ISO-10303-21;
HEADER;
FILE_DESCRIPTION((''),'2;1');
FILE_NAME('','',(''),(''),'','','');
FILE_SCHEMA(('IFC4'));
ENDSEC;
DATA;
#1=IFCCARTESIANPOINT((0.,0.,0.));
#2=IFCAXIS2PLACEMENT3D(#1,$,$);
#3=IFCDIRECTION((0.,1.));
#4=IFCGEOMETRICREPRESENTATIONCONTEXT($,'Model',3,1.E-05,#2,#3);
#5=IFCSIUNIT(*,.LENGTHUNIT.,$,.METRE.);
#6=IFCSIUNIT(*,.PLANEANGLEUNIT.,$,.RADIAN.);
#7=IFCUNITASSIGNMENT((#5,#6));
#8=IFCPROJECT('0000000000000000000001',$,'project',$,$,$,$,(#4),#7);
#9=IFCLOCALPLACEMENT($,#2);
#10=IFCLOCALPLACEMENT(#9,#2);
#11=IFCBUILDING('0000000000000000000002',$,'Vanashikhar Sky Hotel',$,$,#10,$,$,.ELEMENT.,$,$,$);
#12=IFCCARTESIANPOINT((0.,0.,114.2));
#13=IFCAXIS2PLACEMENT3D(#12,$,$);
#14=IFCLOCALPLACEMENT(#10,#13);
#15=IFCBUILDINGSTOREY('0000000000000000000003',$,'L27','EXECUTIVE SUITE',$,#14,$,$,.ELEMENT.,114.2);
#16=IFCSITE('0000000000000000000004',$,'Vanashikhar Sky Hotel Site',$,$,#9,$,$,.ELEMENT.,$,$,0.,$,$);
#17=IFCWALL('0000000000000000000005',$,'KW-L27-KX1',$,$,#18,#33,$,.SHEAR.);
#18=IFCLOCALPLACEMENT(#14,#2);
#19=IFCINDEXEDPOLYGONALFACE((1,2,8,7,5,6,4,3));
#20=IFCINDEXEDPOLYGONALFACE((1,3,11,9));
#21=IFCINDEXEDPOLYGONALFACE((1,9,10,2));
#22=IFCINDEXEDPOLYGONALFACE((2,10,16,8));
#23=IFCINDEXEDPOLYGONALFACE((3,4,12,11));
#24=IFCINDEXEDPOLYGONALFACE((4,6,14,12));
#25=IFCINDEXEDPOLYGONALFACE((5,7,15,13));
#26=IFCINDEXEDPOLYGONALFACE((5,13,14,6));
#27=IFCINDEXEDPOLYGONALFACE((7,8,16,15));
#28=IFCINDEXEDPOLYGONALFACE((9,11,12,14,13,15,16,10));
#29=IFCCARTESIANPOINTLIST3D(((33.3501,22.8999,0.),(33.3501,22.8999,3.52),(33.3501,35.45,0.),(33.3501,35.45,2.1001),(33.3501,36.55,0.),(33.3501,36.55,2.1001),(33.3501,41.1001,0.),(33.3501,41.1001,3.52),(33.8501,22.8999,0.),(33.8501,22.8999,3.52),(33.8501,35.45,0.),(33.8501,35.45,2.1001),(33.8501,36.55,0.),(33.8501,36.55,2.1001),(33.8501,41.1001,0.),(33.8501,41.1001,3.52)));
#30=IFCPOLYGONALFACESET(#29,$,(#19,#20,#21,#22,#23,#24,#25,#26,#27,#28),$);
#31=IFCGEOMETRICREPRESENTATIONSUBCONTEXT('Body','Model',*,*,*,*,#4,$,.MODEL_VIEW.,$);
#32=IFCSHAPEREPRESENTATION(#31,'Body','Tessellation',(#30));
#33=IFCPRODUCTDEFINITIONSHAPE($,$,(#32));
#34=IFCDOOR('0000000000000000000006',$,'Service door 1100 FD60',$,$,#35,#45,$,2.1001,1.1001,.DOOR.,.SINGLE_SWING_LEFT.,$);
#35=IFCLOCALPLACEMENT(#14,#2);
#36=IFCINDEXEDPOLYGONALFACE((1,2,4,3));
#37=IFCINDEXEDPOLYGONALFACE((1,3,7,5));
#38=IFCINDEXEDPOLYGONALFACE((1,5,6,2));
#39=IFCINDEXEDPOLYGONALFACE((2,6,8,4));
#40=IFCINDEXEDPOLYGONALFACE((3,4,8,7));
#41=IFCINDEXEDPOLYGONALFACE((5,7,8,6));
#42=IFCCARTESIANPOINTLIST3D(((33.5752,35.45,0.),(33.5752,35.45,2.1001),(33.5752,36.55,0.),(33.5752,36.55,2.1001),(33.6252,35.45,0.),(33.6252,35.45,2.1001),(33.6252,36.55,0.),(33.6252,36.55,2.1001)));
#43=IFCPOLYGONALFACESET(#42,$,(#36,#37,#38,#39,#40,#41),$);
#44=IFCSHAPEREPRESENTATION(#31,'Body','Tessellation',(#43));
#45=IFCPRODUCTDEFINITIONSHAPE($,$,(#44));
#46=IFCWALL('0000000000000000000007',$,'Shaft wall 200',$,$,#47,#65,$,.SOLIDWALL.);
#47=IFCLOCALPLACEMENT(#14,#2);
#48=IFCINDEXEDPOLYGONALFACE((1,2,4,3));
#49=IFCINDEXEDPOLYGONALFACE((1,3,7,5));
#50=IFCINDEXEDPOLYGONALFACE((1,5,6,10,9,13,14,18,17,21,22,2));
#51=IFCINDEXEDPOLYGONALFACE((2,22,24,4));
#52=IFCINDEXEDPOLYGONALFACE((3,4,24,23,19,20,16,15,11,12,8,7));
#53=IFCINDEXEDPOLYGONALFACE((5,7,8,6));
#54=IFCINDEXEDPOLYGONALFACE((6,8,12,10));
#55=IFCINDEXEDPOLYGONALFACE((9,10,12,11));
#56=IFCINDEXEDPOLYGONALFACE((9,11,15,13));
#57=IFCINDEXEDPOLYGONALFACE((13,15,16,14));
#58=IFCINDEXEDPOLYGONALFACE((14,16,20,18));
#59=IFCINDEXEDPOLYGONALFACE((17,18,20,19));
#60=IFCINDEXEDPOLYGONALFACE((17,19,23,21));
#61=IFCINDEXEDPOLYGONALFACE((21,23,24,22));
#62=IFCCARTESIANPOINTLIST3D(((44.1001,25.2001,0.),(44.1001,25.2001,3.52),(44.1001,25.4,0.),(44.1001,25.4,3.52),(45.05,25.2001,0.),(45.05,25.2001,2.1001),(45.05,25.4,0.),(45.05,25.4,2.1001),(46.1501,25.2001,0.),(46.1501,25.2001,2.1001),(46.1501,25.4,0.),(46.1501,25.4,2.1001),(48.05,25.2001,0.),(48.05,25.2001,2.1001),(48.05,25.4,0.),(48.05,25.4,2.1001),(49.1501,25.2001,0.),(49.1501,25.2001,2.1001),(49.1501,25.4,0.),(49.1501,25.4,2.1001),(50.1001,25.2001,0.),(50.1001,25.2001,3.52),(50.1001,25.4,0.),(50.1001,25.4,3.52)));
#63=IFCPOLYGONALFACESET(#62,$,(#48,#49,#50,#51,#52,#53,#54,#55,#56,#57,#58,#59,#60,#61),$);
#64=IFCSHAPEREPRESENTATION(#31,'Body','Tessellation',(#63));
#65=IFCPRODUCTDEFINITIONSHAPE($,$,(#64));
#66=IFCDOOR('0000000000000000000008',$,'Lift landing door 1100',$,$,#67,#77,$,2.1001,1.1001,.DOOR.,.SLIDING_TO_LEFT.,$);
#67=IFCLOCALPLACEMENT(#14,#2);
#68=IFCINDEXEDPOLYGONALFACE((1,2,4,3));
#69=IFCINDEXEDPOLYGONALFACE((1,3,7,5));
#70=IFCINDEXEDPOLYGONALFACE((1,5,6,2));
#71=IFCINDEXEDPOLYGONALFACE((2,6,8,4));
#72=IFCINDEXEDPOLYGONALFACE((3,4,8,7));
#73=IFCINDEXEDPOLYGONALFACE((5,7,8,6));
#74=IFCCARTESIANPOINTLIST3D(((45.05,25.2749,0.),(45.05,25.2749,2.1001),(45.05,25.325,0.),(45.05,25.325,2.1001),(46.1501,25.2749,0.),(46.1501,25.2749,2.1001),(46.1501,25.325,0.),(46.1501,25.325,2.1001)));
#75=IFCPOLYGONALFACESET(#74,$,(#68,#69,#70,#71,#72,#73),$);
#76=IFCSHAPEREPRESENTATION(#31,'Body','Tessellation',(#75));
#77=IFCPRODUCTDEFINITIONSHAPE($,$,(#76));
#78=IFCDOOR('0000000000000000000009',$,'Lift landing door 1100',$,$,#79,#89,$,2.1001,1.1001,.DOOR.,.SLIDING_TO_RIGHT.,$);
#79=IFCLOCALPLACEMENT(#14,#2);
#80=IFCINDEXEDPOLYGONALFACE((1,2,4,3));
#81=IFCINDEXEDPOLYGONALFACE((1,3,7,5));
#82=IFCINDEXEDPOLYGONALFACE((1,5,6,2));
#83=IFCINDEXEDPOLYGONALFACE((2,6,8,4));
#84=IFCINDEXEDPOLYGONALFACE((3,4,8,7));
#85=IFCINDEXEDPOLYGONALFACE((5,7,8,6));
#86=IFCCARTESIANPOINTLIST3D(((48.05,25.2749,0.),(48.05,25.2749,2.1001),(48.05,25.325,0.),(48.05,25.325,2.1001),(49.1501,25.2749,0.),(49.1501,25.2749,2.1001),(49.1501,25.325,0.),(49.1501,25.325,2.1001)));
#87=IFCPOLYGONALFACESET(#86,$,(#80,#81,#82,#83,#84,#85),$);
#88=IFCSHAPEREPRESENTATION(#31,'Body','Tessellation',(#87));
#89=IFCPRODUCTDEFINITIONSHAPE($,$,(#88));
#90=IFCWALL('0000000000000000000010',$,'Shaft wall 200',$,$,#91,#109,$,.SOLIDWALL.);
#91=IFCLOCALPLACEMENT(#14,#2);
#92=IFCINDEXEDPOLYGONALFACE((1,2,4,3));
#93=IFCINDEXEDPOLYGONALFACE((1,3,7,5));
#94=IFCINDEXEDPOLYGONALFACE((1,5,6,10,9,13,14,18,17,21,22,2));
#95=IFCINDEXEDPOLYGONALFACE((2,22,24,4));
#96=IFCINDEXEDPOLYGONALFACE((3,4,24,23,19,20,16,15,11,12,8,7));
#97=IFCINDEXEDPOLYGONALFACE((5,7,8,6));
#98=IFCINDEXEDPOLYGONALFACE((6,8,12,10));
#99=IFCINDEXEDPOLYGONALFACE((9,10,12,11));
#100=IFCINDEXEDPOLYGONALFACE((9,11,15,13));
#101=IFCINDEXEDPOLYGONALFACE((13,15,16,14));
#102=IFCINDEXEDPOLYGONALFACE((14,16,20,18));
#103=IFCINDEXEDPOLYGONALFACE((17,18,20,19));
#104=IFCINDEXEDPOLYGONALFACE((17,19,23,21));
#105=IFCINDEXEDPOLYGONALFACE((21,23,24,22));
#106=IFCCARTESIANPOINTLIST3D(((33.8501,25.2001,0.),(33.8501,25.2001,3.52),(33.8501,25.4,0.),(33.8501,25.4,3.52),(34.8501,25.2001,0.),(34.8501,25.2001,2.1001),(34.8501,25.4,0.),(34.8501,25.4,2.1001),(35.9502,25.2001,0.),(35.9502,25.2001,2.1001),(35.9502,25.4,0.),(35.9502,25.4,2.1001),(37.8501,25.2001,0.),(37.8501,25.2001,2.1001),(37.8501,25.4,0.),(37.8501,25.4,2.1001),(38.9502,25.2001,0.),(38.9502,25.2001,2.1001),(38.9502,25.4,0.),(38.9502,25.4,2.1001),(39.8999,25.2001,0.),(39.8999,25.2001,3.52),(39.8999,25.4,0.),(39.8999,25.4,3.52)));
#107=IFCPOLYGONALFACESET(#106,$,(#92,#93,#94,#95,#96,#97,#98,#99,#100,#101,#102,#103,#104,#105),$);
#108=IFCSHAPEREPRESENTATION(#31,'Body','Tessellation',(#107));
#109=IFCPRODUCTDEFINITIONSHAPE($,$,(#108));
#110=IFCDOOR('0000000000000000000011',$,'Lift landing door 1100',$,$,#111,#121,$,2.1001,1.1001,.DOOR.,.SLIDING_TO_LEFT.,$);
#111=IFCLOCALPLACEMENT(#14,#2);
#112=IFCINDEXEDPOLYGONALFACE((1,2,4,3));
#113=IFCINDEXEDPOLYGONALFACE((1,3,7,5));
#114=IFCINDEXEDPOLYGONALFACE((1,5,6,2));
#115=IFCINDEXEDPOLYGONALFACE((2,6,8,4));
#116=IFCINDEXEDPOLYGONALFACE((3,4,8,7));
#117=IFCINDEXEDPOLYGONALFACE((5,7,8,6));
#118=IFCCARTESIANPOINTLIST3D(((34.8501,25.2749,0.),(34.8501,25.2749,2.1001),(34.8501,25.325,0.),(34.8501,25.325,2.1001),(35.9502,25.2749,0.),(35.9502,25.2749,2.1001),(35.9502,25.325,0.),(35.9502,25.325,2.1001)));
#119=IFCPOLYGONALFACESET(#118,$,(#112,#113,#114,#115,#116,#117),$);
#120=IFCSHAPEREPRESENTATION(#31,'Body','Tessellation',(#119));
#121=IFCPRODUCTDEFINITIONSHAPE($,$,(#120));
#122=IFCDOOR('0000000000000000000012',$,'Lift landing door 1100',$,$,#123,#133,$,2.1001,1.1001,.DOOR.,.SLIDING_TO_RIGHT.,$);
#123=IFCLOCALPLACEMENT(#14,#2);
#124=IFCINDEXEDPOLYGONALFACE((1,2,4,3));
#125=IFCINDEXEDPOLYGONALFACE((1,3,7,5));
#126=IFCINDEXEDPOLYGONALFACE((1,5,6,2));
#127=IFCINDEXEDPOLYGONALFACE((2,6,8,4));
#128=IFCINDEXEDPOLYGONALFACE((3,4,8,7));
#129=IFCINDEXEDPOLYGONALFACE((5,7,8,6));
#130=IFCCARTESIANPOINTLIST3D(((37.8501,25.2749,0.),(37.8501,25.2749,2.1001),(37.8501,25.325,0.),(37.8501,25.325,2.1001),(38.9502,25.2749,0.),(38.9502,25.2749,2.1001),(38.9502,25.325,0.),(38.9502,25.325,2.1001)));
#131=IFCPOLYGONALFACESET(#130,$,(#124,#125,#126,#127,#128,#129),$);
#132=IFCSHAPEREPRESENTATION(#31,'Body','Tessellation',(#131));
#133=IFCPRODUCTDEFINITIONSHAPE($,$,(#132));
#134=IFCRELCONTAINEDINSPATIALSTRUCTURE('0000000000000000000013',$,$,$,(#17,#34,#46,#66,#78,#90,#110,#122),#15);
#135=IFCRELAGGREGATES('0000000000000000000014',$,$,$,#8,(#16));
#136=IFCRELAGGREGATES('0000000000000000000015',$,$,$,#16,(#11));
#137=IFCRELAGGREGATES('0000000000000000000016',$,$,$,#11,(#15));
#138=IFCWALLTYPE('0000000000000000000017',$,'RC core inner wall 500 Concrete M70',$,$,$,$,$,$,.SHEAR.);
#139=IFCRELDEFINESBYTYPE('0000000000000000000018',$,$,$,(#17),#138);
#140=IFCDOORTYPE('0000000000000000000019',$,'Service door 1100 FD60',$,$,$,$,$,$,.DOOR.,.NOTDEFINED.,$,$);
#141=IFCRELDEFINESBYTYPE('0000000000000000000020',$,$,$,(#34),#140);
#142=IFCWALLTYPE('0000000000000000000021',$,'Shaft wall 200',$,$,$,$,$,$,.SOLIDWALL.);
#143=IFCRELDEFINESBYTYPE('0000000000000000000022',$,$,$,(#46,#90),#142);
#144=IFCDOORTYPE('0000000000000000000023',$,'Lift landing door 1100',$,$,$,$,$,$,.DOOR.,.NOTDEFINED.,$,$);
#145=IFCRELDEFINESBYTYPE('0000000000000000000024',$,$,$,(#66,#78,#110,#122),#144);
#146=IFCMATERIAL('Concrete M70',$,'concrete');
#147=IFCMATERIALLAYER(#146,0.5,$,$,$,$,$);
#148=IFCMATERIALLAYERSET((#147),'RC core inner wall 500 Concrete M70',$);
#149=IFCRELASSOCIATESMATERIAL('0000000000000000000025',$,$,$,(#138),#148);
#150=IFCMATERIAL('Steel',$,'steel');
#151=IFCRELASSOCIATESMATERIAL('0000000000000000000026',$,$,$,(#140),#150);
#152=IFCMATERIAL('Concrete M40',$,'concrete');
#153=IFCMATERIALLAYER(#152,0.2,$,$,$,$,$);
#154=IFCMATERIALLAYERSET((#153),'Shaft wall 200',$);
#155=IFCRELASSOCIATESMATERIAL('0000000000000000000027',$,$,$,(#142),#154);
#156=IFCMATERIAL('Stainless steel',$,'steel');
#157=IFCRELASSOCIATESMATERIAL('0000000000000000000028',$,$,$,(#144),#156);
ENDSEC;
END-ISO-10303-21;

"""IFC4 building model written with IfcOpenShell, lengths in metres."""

from ifc_helpers import new_model, si_unit, direction, frame, frame_2d, origin, place, context, subcontext, project, spatial, rectangle, extrude, source, transform, mapped, material, layer, layer_set, type_object, element, fill, save


model = new_model("IFC4")

# Units and contexts
model_context = context("Model", 3, precision=1e-05, world=origin(), true_north=direction((0.0, 1.0)))
body_context = subcontext(model_context, "Body", "Model", "MODEL_VIEW")
ifc_project = project(units=[si_unit("LENGTHUNIT", "METRE"), si_unit("PLANEANGLEUNIT", "RADIAN")], contexts=[model_context])

# Site, building, storey
site_placement = place(None, origin())
site = spatial("IfcSite", under=ifc_project, at=site_placement, Name="Vanashikhar Sky Hotel Site", CompositionType="ELEMENT", RefElevation=0.0)
building_placement = place(site_placement, origin())
building = spatial("IfcBuilding", under=site, at=building_placement, Name="Vanashikhar Sky Hotel", CompositionType="ELEMENT")
storey_placement = place(building_placement, frame((0.0, 0.0, 114.2)))
storey = spatial("IfcBuildingStorey", under=building, at=storey_placement, Name="L27", Description="EXECUTIVE SUITE", CompositionType="ELEMENT", Elevation=114.2)

# Wall, opening, door
ifc_material_1 = material(Name="Concrete M70", Category="concrete")
ifc_layer_1 = layer(ifc_material_1, 0.5)
ifc_layer_set_1 = layer_set([ifc_layer_1], Name="RC core inner wall 500 Concrete M70")
wall_type_1 = type_object("IfcWallType", Name="RC core inner wall 500 Concrete M70", PredefinedType="SHEAR", material=ifc_layer_set_1)
shared_shape_1 = source(origin(), body_context, "Body", "SweptSolid", [
    extrude(rectangle(XDim=18.2002, YDim=0.5, at=frame_2d((9.1001, 0.0))), origin(), (0.0, 0.0, 1.0), 3.52),
])
wall_1_placement = place(storey_placement, frame((33.6001, 22.8999, 0.0), z_axis=(0.0, 0.0, 1.0), x_axis=(0.0, 1.0, 0.0)))
wall_1 = element("IfcWall", 1, at=wall_1_placement, inside=storey, type_object=wall_type_1, Name="KW-L27-KX1", PredefinedType="SHEAR", context=body_context, shape_type="MappedRepresentation", body=[
    mapped(shared_shape_1, transform((0.0, 0.0, 0.0), scale=1.0)),
])
shared_shape_2 = source(origin(), body_context, "Body", "SweptSolid", [
    extrude(rectangle(XDim=1.1001, YDim=2.1001, at=frame_2d((0.55, 1.05))), frame((0.0, 0.26, 0.0), z_axis=(0.0, -1.0, 0.0), x_axis=(1.0, 0.0, 0.0)), (0.0, 0.0, 1.0), 0.52),
])
opening_1_placement = place(wall_1_placement, frame((12.55, 0.0, 0.0)))
opening_1 = element("IfcOpeningElement", 2, at=opening_1_placement, cuts=wall_1, PredefinedType="OPENING", context=body_context, shape_type="MappedRepresentation", body=[
    mapped(shared_shape_2, transform((0.0, 0.0, 0.0), scale=1.0)),
])
ifc_material_2 = material(Name="Steel", Category="steel")
door_type_1 = type_object("IfcDoorType", Name="Service door 1100 FD60", OperationType="NOTDEFINED", PredefinedType="DOOR", material=ifc_material_2)
shared_shape_3 = source(origin(), body_context, "Body", "SweptSolid", [
    extrude(rectangle(XDim=1.1001, YDim=2.1001, at=frame_2d((0.55, 1.05))), frame((0.0, 0.0249, 0.0), z_axis=(0.0, -1.0, 0.0), x_axis=(1.0, 0.0, 0.0)), (0.0, 0.0, 1.0), 0.05),
])
door_1_placement = place(opening_1_placement, origin())
door_1 = element("IfcDoor", 3, at=door_1_placement, inside=storey, type_object=door_type_1, Name="Service door 1100 FD60", OperationType="SINGLE_SWING_LEFT", OverallHeight=2.1001, OverallWidth=1.1001, PredefinedType="DOOR", context=body_context, shape_type="MappedRepresentation", body=[
    mapped(shared_shape_3, transform((0.0, 0.0, 0.0), scale=1.0)),
])
fill(opening_1, door_1)

# Walls, openings, doors
ifc_material_3 = material(Name="Concrete M40", Category="concrete")
ifc_layer_2 = layer(ifc_material_3, 0.2)
ifc_layer_set_2 = layer_set([ifc_layer_2], Name="Shaft wall 200")
wall_type_2 = type_object("IfcWallType", Name="Shaft wall 200", PredefinedType="SOLIDWALL", material=ifc_layer_set_2)
shared_shape_4 = source(origin(), body_context, "Body", "SweptSolid", [
    extrude(rectangle(XDim=6.0, YDim=0.2, at=frame_2d((3.0, 0.0))), origin(), (0.0, 0.0, 1.0), 3.52),
])
wall_2_placement = place(storey_placement, frame((44.1001, 25.3, 0.0), z_axis=(0.0, 0.0, 1.0), x_axis=(1.0, 0.0, 0.0)))
wall_2 = element("IfcWall", 4, at=wall_2_placement, inside=storey, type_object=wall_type_2, Name="Shaft wall 200", PredefinedType="SOLIDWALL", context=body_context, shape_type="MappedRepresentation", body=[
    mapped(shared_shape_4, transform((0.0, 0.0, 0.0), scale=1.0)),
])
shared_shape_5 = source(origin(), body_context, "Body", "SweptSolid", [
    extrude(rectangle(XDim=1.1001, YDim=2.1001, at=frame_2d((0.55, 1.05))), frame((0.0, 0.1099, 0.0), z_axis=(0.0, -1.0, 0.0), x_axis=(1.0, 0.0, 0.0)), (0.0, 0.0, 1.0), 0.22),
])
opening_2_placement = place(wall_2_placement, frame((0.95, 0.0, 0.0)))
opening_2 = element("IfcOpeningElement", 5, at=opening_2_placement, cuts=wall_2, PredefinedType="OPENING", context=body_context, shape_type="MappedRepresentation", body=[
    mapped(shared_shape_5, transform((0.0, 0.0, 0.0), scale=1.0)),
])
opening_3_placement = place(wall_2_placement, frame((3.95, 0.0, 0.0)))
opening_3 = element("IfcOpeningElement", 6, at=opening_3_placement, cuts=wall_2, PredefinedType="OPENING", context=body_context, shape_type="MappedRepresentation", body=[
    mapped(shared_shape_5, transform((0.0, 0.0, 0.0), scale=1.0)),
])
ifc_material_4 = material(Name="Stainless steel", Category="steel")
door_type_2 = type_object("IfcDoorType", Name="Lift landing door 1100", OperationType="NOTDEFINED", PredefinedType="DOOR", material=ifc_material_4)
door_2_placement = place(opening_2_placement, origin())
door_2 = element("IfcDoor", 7, at=door_2_placement, inside=storey, type_object=door_type_2, Name="Lift landing door 1100", OperationType="SLIDING_TO_LEFT", OverallHeight=2.1001, OverallWidth=1.1001, PredefinedType="DOOR", context=body_context, shape_type="MappedRepresentation", body=[
    mapped(shared_shape_3, transform((0.0, 0.0, 0.0), scale=1.0)),
])
fill(opening_2, door_2)
door_3_placement = place(opening_3_placement, origin())
door_3 = element("IfcDoor", 8, at=door_3_placement, inside=storey, type_object=door_type_2, Name="Lift landing door 1100", OperationType="SLIDING_TO_RIGHT", OverallHeight=2.1001, OverallWidth=1.1001, PredefinedType="DOOR", context=body_context, shape_type="MappedRepresentation", body=[
    mapped(shared_shape_3, transform((0.0, 0.0, 0.0), scale=1.0)),
])
fill(opening_3, door_3)
shared_shape_6 = source(origin(), body_context, "Body", "SweptSolid", [
    extrude(rectangle(XDim=6.0498, YDim=0.2, at=frame_2d((3.0249, 0.0))), origin(), (0.0, 0.0, 1.0), 3.52),
])
wall_3_placement = place(storey_placement, frame((33.8501, 25.3, 0.0), z_axis=(0.0, 0.0, 1.0), x_axis=(1.0, 0.0, 0.0)))
wall_3 = element("IfcWall", 9, at=wall_3_placement, inside=storey, type_object=wall_type_2, Name="Shaft wall 200", PredefinedType="SOLIDWALL", context=body_context, shape_type="MappedRepresentation", body=[
    mapped(shared_shape_6, transform((0.0, 0.0, 0.0), scale=1.0)),
])
opening_4_placement = place(wall_3_placement, frame((1.0, 0.0, 0.0)))
opening_4 = element("IfcOpeningElement", 10, at=opening_4_placement, cuts=wall_3, PredefinedType="OPENING", context=body_context, shape_type="MappedRepresentation", body=[
    mapped(shared_shape_5, transform((0.0, 0.0, 0.0), scale=1.0)),
])
opening_5_placement = place(wall_3_placement, frame((4.0, 0.0, 0.0)))
opening_5 = element("IfcOpeningElement", 11, at=opening_5_placement, cuts=wall_3, PredefinedType="OPENING", context=body_context, shape_type="MappedRepresentation", body=[
    mapped(shared_shape_5, transform((0.0, 0.0, 0.0), scale=1.0)),
])
door_4_placement = place(opening_4_placement, origin())
door_4 = element("IfcDoor", 12, at=door_4_placement, inside=storey, type_object=door_type_2, Name="Lift landing door 1100", OperationType="SLIDING_TO_LEFT", OverallHeight=2.1001, OverallWidth=1.1001, PredefinedType="DOOR", context=body_context, shape_type="MappedRepresentation", body=[
    mapped(shared_shape_3, transform((0.0, 0.0, 0.0), scale=1.0)),
])
fill(opening_4, door_4)
door_5_placement = place(opening_5_placement, origin())
door_5 = element("IfcDoor", 13, at=door_5_placement, inside=storey, type_object=door_type_2, Name="Lift landing door 1100", OperationType="SLIDING_TO_RIGHT", OverallHeight=2.1001, OverallWidth=1.1001, PredefinedType="DOOR", context=body_context, shape_type="MappedRepresentation", body=[
    mapped(shared_shape_3, transform((0.0, 0.0, 0.0), scale=1.0)),
])
fill(opening_5, door_5)

save(model, "model.ifc")
